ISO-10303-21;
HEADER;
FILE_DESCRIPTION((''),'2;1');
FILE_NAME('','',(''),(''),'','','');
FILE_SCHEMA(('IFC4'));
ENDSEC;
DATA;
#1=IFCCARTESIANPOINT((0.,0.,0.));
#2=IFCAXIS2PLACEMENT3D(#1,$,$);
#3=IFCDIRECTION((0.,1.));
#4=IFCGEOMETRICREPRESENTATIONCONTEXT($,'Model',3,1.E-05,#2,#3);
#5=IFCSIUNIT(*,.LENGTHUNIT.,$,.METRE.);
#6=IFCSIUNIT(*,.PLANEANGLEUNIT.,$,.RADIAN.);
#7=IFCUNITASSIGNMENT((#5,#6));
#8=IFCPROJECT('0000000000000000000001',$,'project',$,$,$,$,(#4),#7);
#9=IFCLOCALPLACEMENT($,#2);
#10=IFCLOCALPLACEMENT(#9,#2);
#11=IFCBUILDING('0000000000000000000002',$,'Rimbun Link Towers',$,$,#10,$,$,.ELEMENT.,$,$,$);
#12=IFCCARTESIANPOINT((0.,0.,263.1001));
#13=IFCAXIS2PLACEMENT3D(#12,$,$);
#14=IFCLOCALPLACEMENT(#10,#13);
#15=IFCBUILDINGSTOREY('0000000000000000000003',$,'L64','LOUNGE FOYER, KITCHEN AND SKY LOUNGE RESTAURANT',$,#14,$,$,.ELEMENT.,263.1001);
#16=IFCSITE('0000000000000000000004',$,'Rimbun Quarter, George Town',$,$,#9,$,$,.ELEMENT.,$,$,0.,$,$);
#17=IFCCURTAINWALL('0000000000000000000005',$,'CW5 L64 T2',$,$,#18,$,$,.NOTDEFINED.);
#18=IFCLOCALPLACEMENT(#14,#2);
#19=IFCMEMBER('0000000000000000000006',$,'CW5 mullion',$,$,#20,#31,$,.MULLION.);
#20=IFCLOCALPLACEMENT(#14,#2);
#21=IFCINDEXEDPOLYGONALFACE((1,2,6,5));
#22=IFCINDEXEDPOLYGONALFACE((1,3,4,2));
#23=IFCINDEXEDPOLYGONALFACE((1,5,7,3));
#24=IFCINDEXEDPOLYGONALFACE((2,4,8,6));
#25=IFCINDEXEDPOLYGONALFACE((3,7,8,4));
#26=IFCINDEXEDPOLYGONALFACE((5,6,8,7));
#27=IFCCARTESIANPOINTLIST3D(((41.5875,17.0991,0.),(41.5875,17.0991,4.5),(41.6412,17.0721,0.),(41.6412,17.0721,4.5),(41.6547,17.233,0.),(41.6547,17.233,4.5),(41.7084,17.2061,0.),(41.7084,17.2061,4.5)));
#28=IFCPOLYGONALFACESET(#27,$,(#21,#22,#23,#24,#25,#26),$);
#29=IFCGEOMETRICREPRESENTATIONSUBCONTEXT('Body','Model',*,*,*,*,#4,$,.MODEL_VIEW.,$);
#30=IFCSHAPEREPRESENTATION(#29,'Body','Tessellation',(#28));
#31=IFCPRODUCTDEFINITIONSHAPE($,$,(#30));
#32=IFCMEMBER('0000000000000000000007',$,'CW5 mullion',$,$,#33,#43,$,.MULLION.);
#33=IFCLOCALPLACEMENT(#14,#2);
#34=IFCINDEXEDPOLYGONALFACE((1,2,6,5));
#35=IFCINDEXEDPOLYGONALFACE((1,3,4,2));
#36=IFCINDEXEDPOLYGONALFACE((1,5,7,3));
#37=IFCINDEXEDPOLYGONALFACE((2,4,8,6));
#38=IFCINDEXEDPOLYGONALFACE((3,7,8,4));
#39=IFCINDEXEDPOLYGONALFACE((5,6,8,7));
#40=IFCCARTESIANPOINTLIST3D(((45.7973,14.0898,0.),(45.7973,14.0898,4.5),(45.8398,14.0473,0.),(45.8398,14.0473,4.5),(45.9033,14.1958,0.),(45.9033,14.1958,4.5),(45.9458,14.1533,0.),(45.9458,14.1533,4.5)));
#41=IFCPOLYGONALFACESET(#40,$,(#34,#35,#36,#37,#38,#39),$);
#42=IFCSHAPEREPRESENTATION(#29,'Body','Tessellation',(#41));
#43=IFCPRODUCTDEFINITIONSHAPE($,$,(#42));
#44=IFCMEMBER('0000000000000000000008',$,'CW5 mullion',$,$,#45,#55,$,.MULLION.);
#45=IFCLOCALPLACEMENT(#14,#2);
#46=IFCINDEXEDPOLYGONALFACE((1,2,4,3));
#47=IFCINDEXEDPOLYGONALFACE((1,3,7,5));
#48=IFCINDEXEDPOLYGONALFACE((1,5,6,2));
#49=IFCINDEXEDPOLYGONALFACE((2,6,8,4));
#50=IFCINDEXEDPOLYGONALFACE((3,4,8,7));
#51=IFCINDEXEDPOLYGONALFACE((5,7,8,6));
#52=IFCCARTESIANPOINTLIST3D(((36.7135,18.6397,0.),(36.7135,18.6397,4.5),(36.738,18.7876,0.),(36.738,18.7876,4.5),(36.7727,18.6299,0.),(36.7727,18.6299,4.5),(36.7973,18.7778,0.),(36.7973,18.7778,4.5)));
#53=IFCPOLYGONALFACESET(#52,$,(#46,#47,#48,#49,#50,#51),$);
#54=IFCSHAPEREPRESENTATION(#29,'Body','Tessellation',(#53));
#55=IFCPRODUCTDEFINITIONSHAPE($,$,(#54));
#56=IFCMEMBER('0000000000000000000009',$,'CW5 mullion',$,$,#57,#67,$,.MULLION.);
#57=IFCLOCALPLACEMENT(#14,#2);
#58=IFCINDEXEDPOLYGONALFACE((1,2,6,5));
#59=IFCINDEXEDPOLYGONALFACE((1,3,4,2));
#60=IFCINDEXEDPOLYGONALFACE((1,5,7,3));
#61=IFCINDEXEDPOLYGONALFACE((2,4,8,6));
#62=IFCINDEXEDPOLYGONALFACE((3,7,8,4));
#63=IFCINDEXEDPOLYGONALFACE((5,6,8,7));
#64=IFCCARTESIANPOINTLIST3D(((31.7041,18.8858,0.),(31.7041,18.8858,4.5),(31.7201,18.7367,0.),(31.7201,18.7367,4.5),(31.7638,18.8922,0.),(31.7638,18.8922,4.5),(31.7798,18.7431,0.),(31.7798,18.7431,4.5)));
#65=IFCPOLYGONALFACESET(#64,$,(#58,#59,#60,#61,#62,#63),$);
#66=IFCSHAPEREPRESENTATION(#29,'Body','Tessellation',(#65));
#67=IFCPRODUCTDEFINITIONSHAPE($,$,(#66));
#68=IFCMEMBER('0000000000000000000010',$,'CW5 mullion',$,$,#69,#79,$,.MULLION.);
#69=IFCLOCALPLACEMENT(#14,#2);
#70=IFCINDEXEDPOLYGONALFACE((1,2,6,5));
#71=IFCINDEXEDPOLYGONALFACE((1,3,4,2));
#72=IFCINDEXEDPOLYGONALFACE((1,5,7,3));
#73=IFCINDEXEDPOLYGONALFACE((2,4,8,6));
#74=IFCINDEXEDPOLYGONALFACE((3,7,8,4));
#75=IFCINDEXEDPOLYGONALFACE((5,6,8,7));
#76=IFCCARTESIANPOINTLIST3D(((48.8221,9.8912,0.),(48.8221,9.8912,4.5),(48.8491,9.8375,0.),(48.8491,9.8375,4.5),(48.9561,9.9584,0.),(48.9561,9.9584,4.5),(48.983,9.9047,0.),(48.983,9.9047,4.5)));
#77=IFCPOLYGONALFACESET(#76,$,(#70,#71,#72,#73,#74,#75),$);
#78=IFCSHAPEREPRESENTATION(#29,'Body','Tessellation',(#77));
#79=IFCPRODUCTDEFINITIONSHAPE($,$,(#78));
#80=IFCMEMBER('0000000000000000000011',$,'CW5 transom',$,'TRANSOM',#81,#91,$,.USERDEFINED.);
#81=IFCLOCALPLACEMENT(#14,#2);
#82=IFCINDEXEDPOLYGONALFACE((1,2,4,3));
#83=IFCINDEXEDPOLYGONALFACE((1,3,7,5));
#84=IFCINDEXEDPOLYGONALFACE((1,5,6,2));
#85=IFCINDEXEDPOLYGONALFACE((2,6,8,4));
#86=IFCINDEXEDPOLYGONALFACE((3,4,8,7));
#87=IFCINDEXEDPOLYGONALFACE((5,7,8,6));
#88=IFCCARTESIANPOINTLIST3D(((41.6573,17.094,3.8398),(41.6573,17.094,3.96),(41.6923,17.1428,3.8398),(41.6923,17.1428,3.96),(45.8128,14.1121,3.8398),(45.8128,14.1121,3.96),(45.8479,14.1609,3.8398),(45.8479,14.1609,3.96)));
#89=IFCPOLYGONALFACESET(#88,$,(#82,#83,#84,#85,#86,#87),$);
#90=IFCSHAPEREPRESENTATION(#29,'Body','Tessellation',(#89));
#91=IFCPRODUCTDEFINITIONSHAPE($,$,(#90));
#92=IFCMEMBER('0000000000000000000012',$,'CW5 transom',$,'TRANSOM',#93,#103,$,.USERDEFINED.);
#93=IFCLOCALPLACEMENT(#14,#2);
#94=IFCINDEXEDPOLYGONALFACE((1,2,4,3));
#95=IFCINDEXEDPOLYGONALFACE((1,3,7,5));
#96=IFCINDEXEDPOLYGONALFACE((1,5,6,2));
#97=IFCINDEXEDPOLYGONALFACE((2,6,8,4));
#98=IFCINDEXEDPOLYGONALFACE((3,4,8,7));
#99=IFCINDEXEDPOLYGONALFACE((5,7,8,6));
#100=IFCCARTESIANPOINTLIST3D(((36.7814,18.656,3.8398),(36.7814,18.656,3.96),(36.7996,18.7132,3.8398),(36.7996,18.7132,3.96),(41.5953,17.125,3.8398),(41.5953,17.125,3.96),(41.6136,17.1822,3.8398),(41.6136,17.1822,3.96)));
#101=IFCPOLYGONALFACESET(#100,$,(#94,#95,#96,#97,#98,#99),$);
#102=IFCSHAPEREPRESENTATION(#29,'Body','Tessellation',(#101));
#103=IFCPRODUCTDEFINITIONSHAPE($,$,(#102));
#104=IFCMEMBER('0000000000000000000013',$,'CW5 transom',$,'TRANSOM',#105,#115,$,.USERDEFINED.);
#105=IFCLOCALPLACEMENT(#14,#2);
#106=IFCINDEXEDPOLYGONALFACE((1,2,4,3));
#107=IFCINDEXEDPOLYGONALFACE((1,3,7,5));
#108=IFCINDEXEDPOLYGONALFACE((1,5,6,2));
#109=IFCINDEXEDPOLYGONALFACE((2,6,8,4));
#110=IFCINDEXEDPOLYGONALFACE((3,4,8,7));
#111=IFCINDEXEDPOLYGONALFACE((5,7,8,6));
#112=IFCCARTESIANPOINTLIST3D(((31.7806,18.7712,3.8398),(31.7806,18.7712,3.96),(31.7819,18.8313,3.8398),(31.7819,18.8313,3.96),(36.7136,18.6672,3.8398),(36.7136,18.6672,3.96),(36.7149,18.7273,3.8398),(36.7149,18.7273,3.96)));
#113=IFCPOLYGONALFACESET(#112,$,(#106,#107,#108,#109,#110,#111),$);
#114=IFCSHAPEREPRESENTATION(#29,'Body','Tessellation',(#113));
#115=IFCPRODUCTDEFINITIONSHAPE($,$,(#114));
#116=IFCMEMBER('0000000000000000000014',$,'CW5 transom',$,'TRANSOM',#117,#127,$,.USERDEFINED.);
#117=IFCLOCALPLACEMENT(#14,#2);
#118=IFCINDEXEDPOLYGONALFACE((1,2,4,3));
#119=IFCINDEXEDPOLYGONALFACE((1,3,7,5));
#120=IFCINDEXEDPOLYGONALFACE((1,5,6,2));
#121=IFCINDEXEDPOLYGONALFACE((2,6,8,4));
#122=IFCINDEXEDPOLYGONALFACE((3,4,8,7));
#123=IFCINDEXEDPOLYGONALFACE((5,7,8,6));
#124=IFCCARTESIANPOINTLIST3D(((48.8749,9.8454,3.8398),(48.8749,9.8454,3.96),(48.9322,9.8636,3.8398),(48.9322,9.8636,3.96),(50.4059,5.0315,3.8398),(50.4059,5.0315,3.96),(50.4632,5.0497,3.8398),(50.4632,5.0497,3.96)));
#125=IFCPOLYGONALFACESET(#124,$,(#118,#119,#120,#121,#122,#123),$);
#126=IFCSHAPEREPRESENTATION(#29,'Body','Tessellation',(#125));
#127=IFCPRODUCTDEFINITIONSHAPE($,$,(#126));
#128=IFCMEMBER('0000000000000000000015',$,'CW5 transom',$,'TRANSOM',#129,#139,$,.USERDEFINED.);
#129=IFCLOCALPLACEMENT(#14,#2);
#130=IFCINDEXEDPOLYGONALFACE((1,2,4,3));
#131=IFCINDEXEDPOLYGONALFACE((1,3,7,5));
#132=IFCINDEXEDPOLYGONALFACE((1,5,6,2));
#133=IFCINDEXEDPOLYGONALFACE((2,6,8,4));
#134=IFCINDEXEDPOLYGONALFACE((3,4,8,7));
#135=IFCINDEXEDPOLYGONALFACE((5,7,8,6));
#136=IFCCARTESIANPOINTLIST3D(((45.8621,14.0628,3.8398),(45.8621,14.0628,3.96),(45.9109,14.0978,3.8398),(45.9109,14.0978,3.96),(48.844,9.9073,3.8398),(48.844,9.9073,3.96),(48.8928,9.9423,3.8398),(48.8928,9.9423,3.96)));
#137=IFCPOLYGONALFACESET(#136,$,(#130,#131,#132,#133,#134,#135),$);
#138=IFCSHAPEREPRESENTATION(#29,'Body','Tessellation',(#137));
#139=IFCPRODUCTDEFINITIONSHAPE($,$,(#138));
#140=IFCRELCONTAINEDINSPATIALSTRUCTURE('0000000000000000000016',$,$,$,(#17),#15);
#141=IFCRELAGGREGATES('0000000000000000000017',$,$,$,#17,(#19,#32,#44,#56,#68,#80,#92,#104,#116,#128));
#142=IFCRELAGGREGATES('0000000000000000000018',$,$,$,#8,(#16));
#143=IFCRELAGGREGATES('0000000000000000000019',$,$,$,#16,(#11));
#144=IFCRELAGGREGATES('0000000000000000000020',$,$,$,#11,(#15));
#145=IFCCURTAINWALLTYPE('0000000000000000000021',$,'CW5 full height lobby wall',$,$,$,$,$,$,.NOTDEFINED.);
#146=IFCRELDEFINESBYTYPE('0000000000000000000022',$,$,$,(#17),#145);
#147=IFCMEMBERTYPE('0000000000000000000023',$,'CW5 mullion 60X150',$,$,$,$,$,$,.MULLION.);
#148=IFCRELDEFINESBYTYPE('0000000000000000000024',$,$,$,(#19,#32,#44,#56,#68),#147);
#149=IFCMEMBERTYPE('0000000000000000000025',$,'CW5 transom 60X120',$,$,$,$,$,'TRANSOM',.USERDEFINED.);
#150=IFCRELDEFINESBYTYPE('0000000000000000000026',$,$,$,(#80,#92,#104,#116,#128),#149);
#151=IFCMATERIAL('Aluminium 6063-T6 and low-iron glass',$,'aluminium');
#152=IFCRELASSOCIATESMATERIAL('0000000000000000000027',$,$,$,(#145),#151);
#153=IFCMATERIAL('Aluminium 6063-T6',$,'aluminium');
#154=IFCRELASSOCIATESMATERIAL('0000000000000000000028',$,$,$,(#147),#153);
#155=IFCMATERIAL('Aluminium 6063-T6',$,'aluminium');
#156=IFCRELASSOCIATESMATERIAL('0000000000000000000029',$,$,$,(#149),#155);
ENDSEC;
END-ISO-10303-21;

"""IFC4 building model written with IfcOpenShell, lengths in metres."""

from ifc_helpers import new_model, si_unit, direction, frame, origin, origin_2d, place, context, subcontext, project, spatial, rectangle, extrude, material, material_profile, profile_set, type_object, element, aggregate, save


model = new_model("IFC4")

# Units and contexts
model_context = context("Model", 3, precision=1e-05, world=origin(), true_north=direction((0.0, 1.0)))
body_context = subcontext(model_context, "Body", "Model", "MODEL_VIEW")
ifc_project = project(units=[si_unit("LENGTHUNIT", "METRE"), si_unit("PLANEANGLEUNIT", "RADIAN")], contexts=[model_context])

# Site, building, storey
site_placement = place(None, origin())
site = spatial("IfcSite", under=ifc_project, at=site_placement, Name="Rimbun Quarter, George Town", CompositionType="ELEMENT", RefElevation=0.0)
building_placement = place(site_placement, origin())
building = spatial("IfcBuilding", under=site, at=building_placement, Name="Rimbun Link Towers", CompositionType="ELEMENT")
storey_placement = place(building_placement, frame((0.0, 0.0, 263.1001)))
storey = spatial("IfcBuildingStorey", under=building, at=storey_placement, Name="L64", Description="LOUNGE FOYER, KITCHEN AND SKY LOUNGE RESTAURANT", CompositionType="ELEMENT", Elevation=263.1001)

# Curtain wall, members
ifc_material_1 = material(Name="Aluminium 6063-T6 and low-iron glass", Category="aluminium")
curtain_wall_type = type_object("IfcCurtainWallType", Name="CW5 full height lobby wall", PredefinedType="NOTDEFINED", material=ifc_material_1)
curtain_wall_placement = place(storey_placement, origin())
curtain_wall = element("IfcCurtainWall", 1, at=curtain_wall_placement, inside=storey, type_object=curtain_wall_type, Name="CW5 L64 T2", PredefinedType="NOTDEFINED")
ifc_material_2 = material(Name="Aluminium 6063-T6", Category="aluminium")
ifc_material_profile_1 = material_profile(ifc_material_2, rectangle(XDim=0.1499, YDim=0.0601, at=origin_2d()), Name="MULLION 60X150")
ifc_profile_set_1 = profile_set([ifc_material_profile_1], Name="Aluminium 6063-T6")
member_type_1 = type_object("IfcMemberType", Name="CW5 mullion 60X150", PredefinedType="MULLION", material=ifc_profile_set_1)
member_1_placement = place(storey_placement, frame((41.6479, 17.1526, 0.0), z_axis=(0.0, 0.0, 1.0), x_axis=(0.448575, 0.893745, 0.0)))
member_1 = element("IfcMember", 2, at=member_1_placement, type_object=member_type_1, Name="CW5 mullion", PredefinedType="MULLION", context=body_context, shape_type="SweptSolid", body=[
    extrude(rectangle(XDim=0.1499, YDim=0.0601, at=origin_2d()), origin(), (0.0, 0.0, 1.0), 4.5),
])
member_2_placement = place(storey_placement, frame((45.8716, 14.1216, 0.0), z_axis=(0.0, 0.0, 1.0), x_axis=(0.707107, 0.707107, 0.0)))
member_2 = element("IfcMember", 3, at=member_2_placement, type_object=member_type_1, Name="CW5 mullion", PredefinedType="MULLION", context=body_context, shape_type="SweptSolid", body=[
    extrude(rectangle(XDim=0.1499, YDim=0.0601, at=origin_2d()), origin(), (0.0, 0.0, 1.0), 4.5),
])
member_3_placement = place(storey_placement, frame((36.7554, 18.7087, 0.0), z_axis=(0.0, 0.0, 1.0), x_axis=(0.163751, 0.986502, 0.0)))
member_3 = element("IfcMember", 4, at=member_3_placement, type_object=member_type_1, Name="CW5 mullion", PredefinedType="MULLION", context=body_context, shape_type="SweptSolid", body=[
    extrude(rectangle(XDim=0.1499, YDim=0.0601, at=origin_2d()), origin(), (0.0, 0.0, 1.0), 4.5),
])
member_4_placement = place(storey_placement, frame((31.7419, 18.8145, 0.0), z_axis=(0.0, 0.0, 1.0), x_axis=(-0.106642, 0.994297, 0.0)))
member_4 = element("IfcMember", 5, at=member_4_placement, type_object=member_type_1, Name="CW5 mullion", PredefinedType="MULLION", context=body_context, shape_type="SweptSolid", body=[
    extrude(rectangle(XDim=0.1499, YDim=0.0601, at=origin_2d()), origin(), (0.0, 0.0, 1.0), 4.5),
])
member_5_placement = place(storey_placement, frame((48.9026, 9.8979, 0.0), z_axis=(0.0, 0.0, 1.0), x_axis=(0.893745, 0.448575, 0.0)))
member_5 = element("IfcMember", 6, at=member_5_placement, type_object=member_type_1, Name="CW5 mullion", PredefinedType="MULLION", context=body_context, shape_type="SweptSolid", body=[
    extrude(rectangle(XDim=0.1499, YDim=0.0601, at=origin_2d()), origin(), (0.0, 0.0, 1.0), 4.5),
])
ifc_material_3 = material(Name="Aluminium 6063-T6", Category="aluminium")
ifc_material_profile_2 = material_profile(ifc_material_3, rectangle(XDim=0.0601, YDim=0.1201, at=origin_2d()), Name="TRANSOM 60X120")
ifc_profile_set_2 = profile_set([ifc_material_profile_2], Name="Aluminium 6063-T6")
member_type_2 = type_object("IfcMemberType", Name="CW5 transom 60X120", ElementType="TRANSOM", PredefinedType="USERDEFINED", material=ifc_profile_set_2)
member_6_placement = place(storey_placement, frame((41.6748, 17.1184, 3.8999), z_axis=(0.812464, -0.583011, 0.0), x_axis=(0.583011, 0.812464, 0.0)))
member_6 = element("IfcMember", 7, at=member_6_placement, type_object=member_type_2, Name="CW5 transom", ObjectType="TRANSOM", PredefinedType="USERDEFINED", context=body_context, shape_type="SweptSolid", body=[
    extrude(rectangle(XDim=0.0601, YDim=0.1201, at=origin_2d()), origin(), (0.0, 0.0, 1.0), 5.1147),
])
member_7_placement = place(storey_placement, frame((36.7905, 18.6846, 3.8999), z_axis=(0.952966, -0.303076, 0.0), x_axis=(0.303076, 0.952966, 0.0)))
member_7 = element("IfcMember", 8, at=member_7_placement, type_object=member_type_2, Name="CW5 transom", ObjectType="TRANSOM", PredefinedType="USERDEFINED", context=body_context, shape_type="SweptSolid", body=[
    extrude(rectangle(XDim=0.0601, YDim=0.1201, at=origin_2d()), origin(), (0.0, 0.0, 1.0), 5.0515),
])
member_8_placement = place(storey_placement, frame((31.7812, 18.8013, 3.8999), z_axis=(0.999778, -0.021078, 0.0), x_axis=(0.021078, 0.999778, 0.0)))
member_8 = element("IfcMember", 9, at=member_8_placement, type_object=member_type_2, Name="CW5 transom", ObjectType="TRANSOM", PredefinedType="USERDEFINED", context=body_context, shape_type="SweptSolid", body=[
    extrude(rectangle(XDim=0.0601, YDim=0.1201, at=origin_2d()), origin(), (0.0, 0.0, 1.0), 4.9341),
])
member_9_placement = place(storey_placement, frame((48.9036, 9.8545, 3.8999), z_axis=(0.303076, -0.952966, 0.0), x_axis=(0.952966, 0.303076, 0.0)))
member_9 = element("IfcMember", 10, at=member_9_placement, type_object=member_type_2, Name="CW5 transom", ObjectType="TRANSOM", PredefinedType="USERDEFINED", context=body_context, shape_type="SweptSolid", body=[
    extrude(rectangle(XDim=0.0601, YDim=0.1201, at=origin_2d()), origin(), (0.0, 0.0, 1.0), 5.0515),
])
member_10_placement = place(storey_placement, frame((45.8865, 14.0803, 3.8999), z_axis=(0.583011, -0.812464, 0.0), x_axis=(0.812464, 0.583011, 0.0)))
member_10 = element("IfcMember", 11, at=member_10_placement, type_object=member_type_2, Name="CW5 transom", ObjectType="TRANSOM", PredefinedType="USERDEFINED", context=body_context, shape_type="SweptSolid", body=[
    extrude(rectangle(XDim=0.0601, YDim=0.1201, at=origin_2d()), origin(), (0.0, 0.0, 1.0), 5.1147),
])

aggregate(curtain_wall, [member_1, member_2, member_3, member_4, member_5, member_6, member_7, member_8, member_9, member_10])

save(model, "model.ifc")
